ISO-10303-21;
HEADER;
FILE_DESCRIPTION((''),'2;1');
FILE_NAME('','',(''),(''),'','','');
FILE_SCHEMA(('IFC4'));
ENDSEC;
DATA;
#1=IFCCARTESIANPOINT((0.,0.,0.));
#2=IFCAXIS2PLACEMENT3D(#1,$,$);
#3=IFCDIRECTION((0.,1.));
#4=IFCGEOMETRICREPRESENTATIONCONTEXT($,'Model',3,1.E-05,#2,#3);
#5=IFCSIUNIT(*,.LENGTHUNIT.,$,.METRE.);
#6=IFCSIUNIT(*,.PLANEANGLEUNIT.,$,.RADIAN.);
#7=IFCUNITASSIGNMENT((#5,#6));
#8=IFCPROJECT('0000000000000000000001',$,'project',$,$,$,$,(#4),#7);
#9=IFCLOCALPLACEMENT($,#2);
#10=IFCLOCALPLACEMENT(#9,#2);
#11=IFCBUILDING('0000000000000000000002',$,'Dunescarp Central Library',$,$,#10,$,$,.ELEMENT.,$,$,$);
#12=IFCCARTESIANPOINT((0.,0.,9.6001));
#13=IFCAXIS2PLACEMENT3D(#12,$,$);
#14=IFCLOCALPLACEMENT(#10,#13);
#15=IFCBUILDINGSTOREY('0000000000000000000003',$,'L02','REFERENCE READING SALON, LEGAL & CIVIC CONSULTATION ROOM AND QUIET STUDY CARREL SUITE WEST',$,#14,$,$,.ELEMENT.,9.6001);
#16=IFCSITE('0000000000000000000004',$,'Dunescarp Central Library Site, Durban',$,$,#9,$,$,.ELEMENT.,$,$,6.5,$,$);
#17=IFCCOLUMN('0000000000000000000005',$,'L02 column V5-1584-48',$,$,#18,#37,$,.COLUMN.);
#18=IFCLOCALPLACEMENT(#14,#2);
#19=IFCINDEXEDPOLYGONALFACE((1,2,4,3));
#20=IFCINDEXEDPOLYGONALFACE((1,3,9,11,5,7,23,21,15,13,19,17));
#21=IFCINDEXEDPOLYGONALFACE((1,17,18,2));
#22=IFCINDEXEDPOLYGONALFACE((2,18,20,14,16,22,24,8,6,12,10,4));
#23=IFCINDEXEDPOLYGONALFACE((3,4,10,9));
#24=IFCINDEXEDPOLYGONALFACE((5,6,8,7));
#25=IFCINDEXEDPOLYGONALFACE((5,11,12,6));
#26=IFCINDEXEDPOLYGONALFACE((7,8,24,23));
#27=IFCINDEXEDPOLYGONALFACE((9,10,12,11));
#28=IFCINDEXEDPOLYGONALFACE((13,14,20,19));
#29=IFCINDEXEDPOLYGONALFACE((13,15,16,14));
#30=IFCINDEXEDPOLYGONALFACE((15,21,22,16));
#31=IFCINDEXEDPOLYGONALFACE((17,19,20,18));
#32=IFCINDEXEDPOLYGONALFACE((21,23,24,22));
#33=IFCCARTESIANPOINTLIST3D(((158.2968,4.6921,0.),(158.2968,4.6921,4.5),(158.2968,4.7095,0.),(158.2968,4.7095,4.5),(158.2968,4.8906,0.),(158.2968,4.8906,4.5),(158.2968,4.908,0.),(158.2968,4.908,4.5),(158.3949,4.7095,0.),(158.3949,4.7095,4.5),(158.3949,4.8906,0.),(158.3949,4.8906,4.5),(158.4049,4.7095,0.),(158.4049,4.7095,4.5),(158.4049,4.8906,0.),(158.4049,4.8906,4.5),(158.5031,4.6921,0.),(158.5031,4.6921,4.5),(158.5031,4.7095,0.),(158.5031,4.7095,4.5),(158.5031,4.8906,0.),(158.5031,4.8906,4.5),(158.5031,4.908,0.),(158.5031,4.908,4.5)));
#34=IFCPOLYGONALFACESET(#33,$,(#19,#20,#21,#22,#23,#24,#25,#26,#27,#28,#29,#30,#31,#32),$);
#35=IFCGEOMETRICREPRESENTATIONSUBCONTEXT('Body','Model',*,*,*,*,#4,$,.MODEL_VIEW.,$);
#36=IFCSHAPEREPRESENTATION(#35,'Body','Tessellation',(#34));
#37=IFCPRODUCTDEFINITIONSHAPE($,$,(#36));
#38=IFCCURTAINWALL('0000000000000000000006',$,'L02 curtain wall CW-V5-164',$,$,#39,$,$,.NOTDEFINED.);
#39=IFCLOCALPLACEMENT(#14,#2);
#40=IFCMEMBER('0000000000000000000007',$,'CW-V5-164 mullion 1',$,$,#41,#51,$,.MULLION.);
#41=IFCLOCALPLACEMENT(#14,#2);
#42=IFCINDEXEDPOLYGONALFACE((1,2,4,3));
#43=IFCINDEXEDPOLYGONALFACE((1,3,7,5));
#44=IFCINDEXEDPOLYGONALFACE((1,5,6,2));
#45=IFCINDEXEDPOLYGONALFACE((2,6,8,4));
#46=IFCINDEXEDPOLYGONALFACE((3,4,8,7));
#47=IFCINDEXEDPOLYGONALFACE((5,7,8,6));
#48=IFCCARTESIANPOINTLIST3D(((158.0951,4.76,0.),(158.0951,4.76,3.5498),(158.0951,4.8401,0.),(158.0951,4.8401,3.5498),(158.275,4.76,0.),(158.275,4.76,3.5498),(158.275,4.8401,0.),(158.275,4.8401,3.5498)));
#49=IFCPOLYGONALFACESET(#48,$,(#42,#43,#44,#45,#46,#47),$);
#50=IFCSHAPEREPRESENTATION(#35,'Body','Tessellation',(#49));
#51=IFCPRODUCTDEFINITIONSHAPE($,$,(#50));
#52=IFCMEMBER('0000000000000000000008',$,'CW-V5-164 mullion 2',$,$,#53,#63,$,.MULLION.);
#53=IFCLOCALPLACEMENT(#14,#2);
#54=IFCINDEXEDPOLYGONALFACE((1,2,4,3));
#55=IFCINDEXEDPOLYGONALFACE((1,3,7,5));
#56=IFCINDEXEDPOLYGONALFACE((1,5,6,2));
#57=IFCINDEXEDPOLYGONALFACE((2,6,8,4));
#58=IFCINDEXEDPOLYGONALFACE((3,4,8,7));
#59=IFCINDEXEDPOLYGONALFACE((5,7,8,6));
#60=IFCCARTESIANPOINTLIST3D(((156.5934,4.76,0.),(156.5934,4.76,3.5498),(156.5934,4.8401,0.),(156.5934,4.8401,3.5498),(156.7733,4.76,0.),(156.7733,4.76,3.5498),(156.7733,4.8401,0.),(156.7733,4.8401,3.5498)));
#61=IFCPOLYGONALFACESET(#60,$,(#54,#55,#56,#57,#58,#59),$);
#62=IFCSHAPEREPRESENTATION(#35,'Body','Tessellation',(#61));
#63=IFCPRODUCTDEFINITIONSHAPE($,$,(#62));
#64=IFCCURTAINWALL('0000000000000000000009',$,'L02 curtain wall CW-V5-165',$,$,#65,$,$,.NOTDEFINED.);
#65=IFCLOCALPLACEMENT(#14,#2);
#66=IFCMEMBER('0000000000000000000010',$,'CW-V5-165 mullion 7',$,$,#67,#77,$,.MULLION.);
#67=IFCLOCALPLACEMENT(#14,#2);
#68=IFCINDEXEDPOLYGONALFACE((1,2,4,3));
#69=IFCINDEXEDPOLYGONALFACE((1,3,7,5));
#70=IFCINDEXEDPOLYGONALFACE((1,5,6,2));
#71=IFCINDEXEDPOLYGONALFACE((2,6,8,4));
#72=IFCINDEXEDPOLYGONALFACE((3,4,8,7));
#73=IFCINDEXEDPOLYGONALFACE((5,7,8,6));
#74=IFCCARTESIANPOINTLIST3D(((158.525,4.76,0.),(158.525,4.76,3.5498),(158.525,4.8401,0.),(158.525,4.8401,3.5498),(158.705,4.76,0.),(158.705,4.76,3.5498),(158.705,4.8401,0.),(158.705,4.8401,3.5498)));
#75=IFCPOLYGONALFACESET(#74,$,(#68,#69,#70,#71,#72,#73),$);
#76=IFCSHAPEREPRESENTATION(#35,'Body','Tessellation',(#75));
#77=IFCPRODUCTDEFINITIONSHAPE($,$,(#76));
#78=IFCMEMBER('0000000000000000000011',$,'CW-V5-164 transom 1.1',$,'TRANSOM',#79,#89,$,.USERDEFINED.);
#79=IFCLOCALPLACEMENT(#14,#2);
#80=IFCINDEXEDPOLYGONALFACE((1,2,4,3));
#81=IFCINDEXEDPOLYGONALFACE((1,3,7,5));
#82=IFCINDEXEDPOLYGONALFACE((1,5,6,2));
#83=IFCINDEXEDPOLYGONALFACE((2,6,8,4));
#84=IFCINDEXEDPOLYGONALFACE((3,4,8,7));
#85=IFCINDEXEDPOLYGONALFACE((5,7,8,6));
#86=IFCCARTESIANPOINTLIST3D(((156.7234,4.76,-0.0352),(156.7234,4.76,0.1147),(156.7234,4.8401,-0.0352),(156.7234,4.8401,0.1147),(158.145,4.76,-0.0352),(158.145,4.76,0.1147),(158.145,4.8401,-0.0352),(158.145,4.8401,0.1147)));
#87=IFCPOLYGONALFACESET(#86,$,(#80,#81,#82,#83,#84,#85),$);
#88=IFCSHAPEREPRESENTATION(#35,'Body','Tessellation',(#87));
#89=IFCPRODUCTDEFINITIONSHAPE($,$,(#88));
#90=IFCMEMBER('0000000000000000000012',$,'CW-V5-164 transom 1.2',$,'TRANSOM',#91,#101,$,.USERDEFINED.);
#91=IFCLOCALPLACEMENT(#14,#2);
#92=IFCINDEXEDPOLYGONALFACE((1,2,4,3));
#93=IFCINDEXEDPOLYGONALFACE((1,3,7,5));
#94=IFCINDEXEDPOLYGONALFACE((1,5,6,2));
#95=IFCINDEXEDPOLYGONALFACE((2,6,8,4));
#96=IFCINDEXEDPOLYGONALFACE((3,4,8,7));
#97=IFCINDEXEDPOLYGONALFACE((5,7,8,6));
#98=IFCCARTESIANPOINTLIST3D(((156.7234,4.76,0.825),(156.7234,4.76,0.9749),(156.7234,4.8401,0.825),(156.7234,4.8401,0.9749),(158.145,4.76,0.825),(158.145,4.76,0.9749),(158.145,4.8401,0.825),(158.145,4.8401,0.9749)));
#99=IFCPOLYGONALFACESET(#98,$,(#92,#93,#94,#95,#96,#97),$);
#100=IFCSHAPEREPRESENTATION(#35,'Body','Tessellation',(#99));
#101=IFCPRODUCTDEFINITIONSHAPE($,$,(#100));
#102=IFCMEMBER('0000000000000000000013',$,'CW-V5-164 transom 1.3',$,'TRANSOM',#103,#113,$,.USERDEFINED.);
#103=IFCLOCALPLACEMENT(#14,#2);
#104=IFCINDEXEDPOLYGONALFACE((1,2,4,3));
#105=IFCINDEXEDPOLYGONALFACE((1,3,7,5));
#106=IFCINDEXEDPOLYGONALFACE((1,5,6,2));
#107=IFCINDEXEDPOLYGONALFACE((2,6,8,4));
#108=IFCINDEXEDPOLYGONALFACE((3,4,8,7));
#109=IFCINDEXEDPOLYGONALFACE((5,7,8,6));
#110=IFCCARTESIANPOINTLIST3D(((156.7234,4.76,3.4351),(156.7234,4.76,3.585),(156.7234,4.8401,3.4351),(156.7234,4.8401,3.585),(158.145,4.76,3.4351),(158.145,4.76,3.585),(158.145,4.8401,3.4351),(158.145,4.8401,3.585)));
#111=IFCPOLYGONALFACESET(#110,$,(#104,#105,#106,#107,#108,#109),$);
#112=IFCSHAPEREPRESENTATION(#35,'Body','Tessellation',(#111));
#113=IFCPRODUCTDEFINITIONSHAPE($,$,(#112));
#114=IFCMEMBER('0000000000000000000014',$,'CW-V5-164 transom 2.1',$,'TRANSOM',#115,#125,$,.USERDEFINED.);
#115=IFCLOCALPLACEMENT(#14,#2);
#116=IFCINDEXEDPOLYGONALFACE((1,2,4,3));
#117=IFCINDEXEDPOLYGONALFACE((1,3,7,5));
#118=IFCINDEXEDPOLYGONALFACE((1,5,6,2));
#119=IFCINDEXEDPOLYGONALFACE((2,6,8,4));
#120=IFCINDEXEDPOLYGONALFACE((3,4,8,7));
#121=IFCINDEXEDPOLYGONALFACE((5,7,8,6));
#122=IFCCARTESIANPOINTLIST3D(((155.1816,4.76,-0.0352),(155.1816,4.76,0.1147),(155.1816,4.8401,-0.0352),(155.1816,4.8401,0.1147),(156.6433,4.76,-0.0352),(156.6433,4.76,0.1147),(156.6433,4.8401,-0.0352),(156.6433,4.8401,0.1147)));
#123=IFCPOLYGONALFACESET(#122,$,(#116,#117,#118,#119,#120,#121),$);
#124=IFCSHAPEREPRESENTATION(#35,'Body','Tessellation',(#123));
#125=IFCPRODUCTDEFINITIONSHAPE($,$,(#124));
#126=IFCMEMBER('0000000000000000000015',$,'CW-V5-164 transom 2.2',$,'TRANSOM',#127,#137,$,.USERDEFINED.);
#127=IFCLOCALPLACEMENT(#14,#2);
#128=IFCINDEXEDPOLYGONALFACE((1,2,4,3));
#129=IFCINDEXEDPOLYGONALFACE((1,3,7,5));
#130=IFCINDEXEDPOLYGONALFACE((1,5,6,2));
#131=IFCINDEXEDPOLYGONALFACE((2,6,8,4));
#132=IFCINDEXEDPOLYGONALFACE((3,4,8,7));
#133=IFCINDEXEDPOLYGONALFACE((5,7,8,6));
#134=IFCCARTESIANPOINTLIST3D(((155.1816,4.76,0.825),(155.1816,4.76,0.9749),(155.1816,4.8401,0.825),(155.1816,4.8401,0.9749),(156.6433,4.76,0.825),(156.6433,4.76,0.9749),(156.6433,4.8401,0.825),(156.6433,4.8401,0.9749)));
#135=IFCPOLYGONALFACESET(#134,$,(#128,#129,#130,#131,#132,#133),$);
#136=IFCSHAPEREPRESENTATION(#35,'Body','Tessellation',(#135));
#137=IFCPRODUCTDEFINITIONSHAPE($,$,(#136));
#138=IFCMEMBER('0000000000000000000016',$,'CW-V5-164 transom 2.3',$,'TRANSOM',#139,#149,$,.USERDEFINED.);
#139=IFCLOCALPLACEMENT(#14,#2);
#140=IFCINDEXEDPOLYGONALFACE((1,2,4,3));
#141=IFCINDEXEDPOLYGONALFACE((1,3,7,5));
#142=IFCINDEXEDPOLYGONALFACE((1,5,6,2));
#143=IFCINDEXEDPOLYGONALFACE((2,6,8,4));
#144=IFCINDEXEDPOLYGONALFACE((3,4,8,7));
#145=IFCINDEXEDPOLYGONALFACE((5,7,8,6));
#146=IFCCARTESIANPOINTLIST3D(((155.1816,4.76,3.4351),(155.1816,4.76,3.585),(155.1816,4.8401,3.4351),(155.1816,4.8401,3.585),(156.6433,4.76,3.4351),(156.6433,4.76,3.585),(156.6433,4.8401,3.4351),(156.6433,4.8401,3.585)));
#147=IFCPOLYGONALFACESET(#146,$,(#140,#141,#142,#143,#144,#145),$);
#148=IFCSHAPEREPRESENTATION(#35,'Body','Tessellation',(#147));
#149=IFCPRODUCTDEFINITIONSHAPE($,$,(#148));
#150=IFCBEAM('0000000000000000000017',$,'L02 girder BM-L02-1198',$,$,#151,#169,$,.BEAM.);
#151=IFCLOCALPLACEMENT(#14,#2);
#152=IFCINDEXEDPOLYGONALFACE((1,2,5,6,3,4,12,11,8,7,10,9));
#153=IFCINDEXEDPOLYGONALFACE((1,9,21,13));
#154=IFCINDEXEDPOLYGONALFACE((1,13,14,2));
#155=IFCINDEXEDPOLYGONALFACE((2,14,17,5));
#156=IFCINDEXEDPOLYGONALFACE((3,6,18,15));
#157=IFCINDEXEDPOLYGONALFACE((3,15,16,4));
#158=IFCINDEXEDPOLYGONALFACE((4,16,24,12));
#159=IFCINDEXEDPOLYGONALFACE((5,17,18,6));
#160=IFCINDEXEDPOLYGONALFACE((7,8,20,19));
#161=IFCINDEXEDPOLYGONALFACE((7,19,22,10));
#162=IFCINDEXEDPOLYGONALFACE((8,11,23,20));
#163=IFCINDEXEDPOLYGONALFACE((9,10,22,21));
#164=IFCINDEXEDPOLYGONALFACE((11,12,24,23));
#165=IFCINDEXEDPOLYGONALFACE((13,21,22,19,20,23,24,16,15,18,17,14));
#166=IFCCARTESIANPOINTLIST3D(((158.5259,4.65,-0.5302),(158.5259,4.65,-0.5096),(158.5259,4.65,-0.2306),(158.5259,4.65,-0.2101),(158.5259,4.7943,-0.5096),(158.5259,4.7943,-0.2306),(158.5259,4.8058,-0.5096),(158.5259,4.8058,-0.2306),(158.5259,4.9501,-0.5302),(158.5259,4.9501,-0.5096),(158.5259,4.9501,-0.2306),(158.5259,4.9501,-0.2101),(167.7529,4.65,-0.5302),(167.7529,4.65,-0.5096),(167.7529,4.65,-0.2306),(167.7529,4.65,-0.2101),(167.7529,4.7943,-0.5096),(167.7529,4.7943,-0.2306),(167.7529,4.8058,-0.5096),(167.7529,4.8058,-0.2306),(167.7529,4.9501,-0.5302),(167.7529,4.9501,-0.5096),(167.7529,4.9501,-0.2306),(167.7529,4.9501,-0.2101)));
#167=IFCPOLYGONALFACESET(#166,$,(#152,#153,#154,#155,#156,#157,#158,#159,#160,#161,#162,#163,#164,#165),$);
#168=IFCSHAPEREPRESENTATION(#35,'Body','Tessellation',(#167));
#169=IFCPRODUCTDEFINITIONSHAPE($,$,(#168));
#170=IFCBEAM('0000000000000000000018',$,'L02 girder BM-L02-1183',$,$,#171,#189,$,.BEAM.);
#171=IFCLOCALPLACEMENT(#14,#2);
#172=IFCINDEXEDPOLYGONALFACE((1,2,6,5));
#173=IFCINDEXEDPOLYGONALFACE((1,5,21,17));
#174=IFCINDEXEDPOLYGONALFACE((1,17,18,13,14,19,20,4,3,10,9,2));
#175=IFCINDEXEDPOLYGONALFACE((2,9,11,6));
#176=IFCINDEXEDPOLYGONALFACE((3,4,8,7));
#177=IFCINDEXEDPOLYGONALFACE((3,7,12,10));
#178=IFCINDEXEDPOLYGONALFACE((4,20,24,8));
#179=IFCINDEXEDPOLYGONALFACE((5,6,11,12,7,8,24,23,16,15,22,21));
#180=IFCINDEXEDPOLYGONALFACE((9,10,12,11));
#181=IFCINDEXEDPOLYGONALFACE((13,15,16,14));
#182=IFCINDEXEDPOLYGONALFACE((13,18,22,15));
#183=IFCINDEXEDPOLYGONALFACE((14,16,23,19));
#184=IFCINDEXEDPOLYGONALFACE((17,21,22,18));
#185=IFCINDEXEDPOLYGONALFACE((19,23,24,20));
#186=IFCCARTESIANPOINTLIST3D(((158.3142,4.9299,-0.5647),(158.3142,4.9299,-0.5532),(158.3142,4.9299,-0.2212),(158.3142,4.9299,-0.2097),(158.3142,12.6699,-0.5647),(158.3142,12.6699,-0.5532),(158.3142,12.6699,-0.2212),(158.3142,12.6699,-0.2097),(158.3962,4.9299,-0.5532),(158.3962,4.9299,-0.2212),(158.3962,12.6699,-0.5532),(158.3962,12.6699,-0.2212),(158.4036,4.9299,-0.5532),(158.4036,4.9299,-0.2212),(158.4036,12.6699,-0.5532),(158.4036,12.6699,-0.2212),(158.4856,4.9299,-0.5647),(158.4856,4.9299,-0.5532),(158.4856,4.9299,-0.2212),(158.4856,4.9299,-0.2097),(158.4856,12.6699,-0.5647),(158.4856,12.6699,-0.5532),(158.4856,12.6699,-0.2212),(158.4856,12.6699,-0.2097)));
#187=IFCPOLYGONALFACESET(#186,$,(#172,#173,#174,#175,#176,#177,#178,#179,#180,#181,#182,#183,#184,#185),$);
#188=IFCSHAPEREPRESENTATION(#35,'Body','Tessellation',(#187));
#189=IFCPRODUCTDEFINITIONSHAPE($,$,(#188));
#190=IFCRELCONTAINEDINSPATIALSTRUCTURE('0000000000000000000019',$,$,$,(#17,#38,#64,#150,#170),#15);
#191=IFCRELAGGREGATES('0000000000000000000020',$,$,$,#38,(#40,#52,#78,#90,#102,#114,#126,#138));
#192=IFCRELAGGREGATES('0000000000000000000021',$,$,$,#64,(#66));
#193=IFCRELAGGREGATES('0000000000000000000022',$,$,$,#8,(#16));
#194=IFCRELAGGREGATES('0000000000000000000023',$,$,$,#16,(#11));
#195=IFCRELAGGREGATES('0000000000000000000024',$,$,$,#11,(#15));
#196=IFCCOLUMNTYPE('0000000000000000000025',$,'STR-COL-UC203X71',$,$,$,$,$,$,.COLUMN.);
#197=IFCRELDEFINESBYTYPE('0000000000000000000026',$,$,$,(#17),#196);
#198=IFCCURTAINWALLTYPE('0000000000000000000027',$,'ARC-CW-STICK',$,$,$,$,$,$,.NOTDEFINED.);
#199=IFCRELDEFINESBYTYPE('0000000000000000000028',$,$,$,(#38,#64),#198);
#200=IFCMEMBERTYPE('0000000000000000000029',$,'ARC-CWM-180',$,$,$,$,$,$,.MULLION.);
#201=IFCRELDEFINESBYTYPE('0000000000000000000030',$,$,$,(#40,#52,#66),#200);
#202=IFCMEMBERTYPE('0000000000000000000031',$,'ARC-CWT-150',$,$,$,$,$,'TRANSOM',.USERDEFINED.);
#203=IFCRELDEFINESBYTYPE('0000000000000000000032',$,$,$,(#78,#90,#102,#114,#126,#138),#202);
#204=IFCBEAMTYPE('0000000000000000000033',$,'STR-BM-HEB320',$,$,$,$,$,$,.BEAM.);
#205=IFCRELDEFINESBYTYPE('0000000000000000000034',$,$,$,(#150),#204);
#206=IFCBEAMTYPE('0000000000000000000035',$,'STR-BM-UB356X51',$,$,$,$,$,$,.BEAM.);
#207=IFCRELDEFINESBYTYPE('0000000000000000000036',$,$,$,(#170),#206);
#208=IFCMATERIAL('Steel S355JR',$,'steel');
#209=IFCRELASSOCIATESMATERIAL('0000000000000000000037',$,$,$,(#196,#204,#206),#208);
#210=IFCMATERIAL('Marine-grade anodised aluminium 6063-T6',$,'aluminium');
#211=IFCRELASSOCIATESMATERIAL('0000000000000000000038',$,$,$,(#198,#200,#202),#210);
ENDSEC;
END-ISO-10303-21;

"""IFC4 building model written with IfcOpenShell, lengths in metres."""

from ifc_helpers import new_model, si_unit, direction, frame, origin, origin_2d, place, context, subcontext, project, spatial, rectangle, i_section, extrude, material, material_profile, profile_set, type_object, element, aggregate, save


model = new_model("IFC4")

# Units and contexts
model_context = context("Model", 3, precision=1e-05, world=origin(), true_north=direction((0.0, 1.0)))
body_context = subcontext(model_context, "Body", "Model", "MODEL_VIEW")
ifc_project = project(units=[si_unit("LENGTHUNIT", "METRE"), si_unit("PLANEANGLEUNIT", "RADIAN")], contexts=[model_context])

# Site, building, storey
site_placement = place(None, origin())
site = spatial("IfcSite", under=ifc_project, at=site_placement, Name="Dunescarp Central Library Site, Durban", CompositionType="ELEMENT", RefElevation=6.5)
building_placement = place(site_placement, origin())
building = spatial("IfcBuilding", under=site, at=building_placement, Name="Dunescarp Central Library", CompositionType="ELEMENT")
storey_placement = place(building_placement, frame((0.0, 0.0, 9.6001)))
storey = spatial("IfcBuildingStorey", under=building, at=storey_placement, Name="L02", Description="REFERENCE READING SALON, LEGAL & CIVIC CONSULTATION ROOM AND QUIET STUDY CARREL SUITE WEST", CompositionType="ELEMENT", Elevation=9.6001)

# Column
ifc_material_1 = material(Name="Steel S355JR", Category="steel")
ifc_material_profile_1 = material_profile(ifc_material_1, i_section(OverallWidth=0.2063, OverallDepth=0.2158, WebThickness=0.01, FlangeThickness=0.0173, at=origin_2d()), Name="UC 203x203x71")
ifc_profile_set_1 = profile_set([ifc_material_profile_1], Name="Steel S355JR")
column_type = type_object("IfcColumnType", Name="STR-COL-UC203X71", PredefinedType="COLUMN", material=ifc_profile_set_1)
column_placement = place(storey_placement, frame((158.3999, 4.8, 0.0), z_axis=(0.0, 0.0, 1.0), x_axis=(1.0, 0.0, 0.0)))
element("IfcColumn", 1, at=column_placement, inside=storey, type_object=column_type, Name="L02 column V5-1584-48", PredefinedType="COLUMN", context=body_context, shape_type="SweptSolid", body=[
    extrude(i_section(OverallWidth=0.2063, OverallDepth=0.2158, WebThickness=0.01, FlangeThickness=0.0173, at=origin_2d()), origin(), (0.0, 0.0, 1.0), 4.5),
])

# Curtain wall, members
ifc_material_2 = material(Name="Marine-grade anodised aluminium 6063-T6", Category="aluminium")
curtain_wall_type = type_object("IfcCurtainWallType", Name="ARC-CW-STICK", PredefinedType="NOTDEFINED", material=ifc_material_2)
curtain_wall_1_placement = place(storey_placement, origin())
curtain_wall_1 = element("IfcCurtainWall", 2, at=curtain_wall_1_placement, inside=storey, type_object=curtain_wall_type, Name="L02 curtain wall CW-V5-164", PredefinedType="NOTDEFINED")
ifc_material_profile_2 = material_profile(ifc_material_2, rectangle(XDim=0.0801, YDim=0.1799, at=origin_2d()), Name="AL 80x180")
ifc_profile_set_2 = profile_set([ifc_material_profile_2], Name="Marine-grade anodised aluminium 6063-T6")
member_type_1 = type_object("IfcMemberType", Name="ARC-CWM-180", PredefinedType="MULLION", material=ifc_profile_set_2)
member_1_placement = place(storey_placement, frame((158.1851, 4.8, 0.0), z_axis=(0.0, 0.0, 1.0), x_axis=(0.0, -1.0, 0.0)))
member_1 = element("IfcMember", 3, at=member_1_placement, type_object=member_type_1, Name="CW-V5-164 mullion 1", PredefinedType="MULLION", context=body_context, shape_type="SweptSolid", body=[
    extrude(rectangle(XDim=0.0801, YDim=0.1799, at=origin_2d()), origin(), (0.0, 0.0, 1.0), 3.5498),
])
member_2_placement = place(storey_placement, frame((156.6833, 4.8, 0.0), z_axis=(0.0, 0.0, 1.0), x_axis=(0.0, -1.0, 0.0)))
member_2 = element("IfcMember", 4, at=member_2_placement, type_object=member_type_1, Name="CW-V5-164 mullion 2", PredefinedType="MULLION", context=body_context, shape_type="SweptSolid", body=[
    extrude(rectangle(XDim=0.0801, YDim=0.1799, at=origin_2d()), origin(), (0.0, 0.0, 1.0), 3.5498),
])

# Curtain wall, member
curtain_wall_2_placement = place(storey_placement, origin())
curtain_wall_2 = element("IfcCurtainWall", 5, at=curtain_wall_2_placement, inside=storey, type_object=curtain_wall_type, Name="L02 curtain wall CW-V5-165", PredefinedType="NOTDEFINED")
member_3_placement = place(storey_placement, frame((158.615, 4.8, 0.0), z_axis=(0.0, 0.0, 1.0), x_axis=(0.0, -1.0, 0.0)))
member_3 = element("IfcMember", 6, at=member_3_placement, type_object=member_type_1, Name="CW-V5-165 mullion 7", PredefinedType="MULLION", context=body_context, shape_type="SweptSolid", body=[
    extrude(rectangle(XDim=0.0801, YDim=0.1799, at=origin_2d()), origin(), (0.0, 0.0, 1.0), 3.5498),
])

# Members
ifc_material_profile_3 = material_profile(ifc_material_2, rectangle(XDim=0.0801, YDim=0.1499, at=origin_2d()), Name="AL 80x150")
ifc_profile_set_3 = profile_set([ifc_material_profile_3], Name="Marine-grade anodised aluminium 6063-T6")
member_type_2 = type_object("IfcMemberType", Name="ARC-CWT-150", ElementType="TRANSOM", PredefinedType="USERDEFINED", material=ifc_profile_set_3)
member_4_placement = place(storey_placement, frame((158.145, 4.8, 0.0398), z_axis=(-1.0, 0.0, 0.0), x_axis=(0.0, -1.0, 0.0)))
member_4 = element("IfcMember", 7, at=member_4_placement, type_object=member_type_2, Name="CW-V5-164 transom 1.1", ObjectType="TRANSOM", PredefinedType="USERDEFINED", context=body_context, shape_type="SweptSolid", body=[
    extrude(rectangle(XDim=0.0801, YDim=0.1499, at=origin_2d()), origin(), (0.0, 0.0, 1.0), 1.4216),
])
member_5_placement = place(storey_placement, frame((158.145, 4.8, 0.8999), z_axis=(-1.0, 0.0, 0.0), x_axis=(0.0, -1.0, 0.0)))
member_5 = element("IfcMember", 8, at=member_5_placement, type_object=member_type_2, Name="CW-V5-164 transom 1.2", ObjectType="TRANSOM", PredefinedType="USERDEFINED", context=body_context, shape_type="SweptSolid", body=[
    extrude(rectangle(XDim=0.0801, YDim=0.1499, at=origin_2d()), origin(), (0.0, 0.0, 1.0), 1.4216),
])
member_6_placement = place(storey_placement, frame((158.145, 4.8, 3.51), z_axis=(-1.0, 0.0, 0.0), x_axis=(0.0, -1.0, 0.0)))
member_6 = element("IfcMember", 9, at=member_6_placement, type_object=member_type_2, Name="CW-V5-164 transom 1.3", ObjectType="TRANSOM", PredefinedType="USERDEFINED", context=body_context, shape_type="SweptSolid", body=[
    extrude(rectangle(XDim=0.0801, YDim=0.1499, at=origin_2d()), origin(), (0.0, 0.0, 1.0), 1.4216),
])
member_7_placement = place(storey_placement, frame((156.6433, 4.8, 0.0398), z_axis=(-1.0, 0.0, 0.0), x_axis=(0.0, -1.0, 0.0)))
member_7 = element("IfcMember", 10, at=member_7_placement, type_object=member_type_2, Name="CW-V5-164 transom 2.1", ObjectType="TRANSOM", PredefinedType="USERDEFINED", context=body_context, shape_type="SweptSolid", body=[
    extrude(rectangle(XDim=0.0801, YDim=0.1499, at=origin_2d()), origin(), (0.0, 0.0, 1.0), 1.4617),
])
member_8_placement = place(storey_placement, frame((156.6433, 4.8, 0.8999), z_axis=(-1.0, 0.0, 0.0), x_axis=(0.0, -1.0, 0.0)))
member_8 = element("IfcMember", 11, at=member_8_placement, type_object=member_type_2, Name="CW-V5-164 transom 2.2", ObjectType="TRANSOM", PredefinedType="USERDEFINED", context=body_context, shape_type="SweptSolid", body=[
    extrude(rectangle(XDim=0.0801, YDim=0.1499, at=origin_2d()), origin(), (0.0, 0.0, 1.0), 1.4617),
])
member_9_placement = place(storey_placement, frame((156.6433, 4.8, 3.51), z_axis=(-1.0, 0.0, 0.0), x_axis=(0.0, -1.0, 0.0)))
member_9 = element("IfcMember", 12, at=member_9_placement, type_object=member_type_2, Name="CW-V5-164 transom 2.3", ObjectType="TRANSOM", PredefinedType="USERDEFINED", context=body_context, shape_type="SweptSolid", body=[
    extrude(rectangle(XDim=0.0801, YDim=0.1499, at=origin_2d()), origin(), (0.0, 0.0, 1.0), 1.4617),
])

# Beams
ifc_material_profile_4 = material_profile(ifc_material_1, i_section(OverallWidth=0.3, OverallDepth=0.3201, WebThickness=0.0115, FlangeThickness=0.0205, at=origin_2d()), Name="HEB 320")
ifc_profile_set_4 = profile_set([ifc_material_profile_4], Name="Steel S355JR")
beam_type_1 = type_object("IfcBeamType", Name="STR-BM-HEB320", PredefinedType="BEAM", material=ifc_profile_set_4)
beam_1_placement = place(storey_placement, frame((158.5259, 4.8, -0.3701), z_axis=(1.0, 0.0, 0.0), x_axis=(0.0, 1.0, 0.0)))
element("IfcBeam", 13, at=beam_1_placement, inside=storey, type_object=beam_type_1, Name="L02 girder BM-L02-1198", PredefinedType="BEAM", context=body_context, shape_type="SweptSolid", body=[
    extrude(i_section(OverallWidth=0.3, OverallDepth=0.3201, WebThickness=0.0115, FlangeThickness=0.0205, at=origin_2d()), origin(), (0.0, 0.0, 1.0), 9.2271),
])
ifc_material_profile_5 = material_profile(ifc_material_1, i_section(OverallWidth=0.1714, OverallDepth=0.355, WebThickness=0.0073, FlangeThickness=0.0115, at=origin_2d()), Name="UB 356x171x51")
ifc_profile_set_5 = profile_set([ifc_material_profile_5], Name="Steel S355JR")
beam_type_2 = type_object("IfcBeamType", Name="STR-BM-UB356X51", PredefinedType="BEAM", material=ifc_profile_set_5)
beam_2_placement = place(storey_placement, frame((158.3999, 4.9299, -0.3872), z_axis=(0.0, 1.0, 0.0), x_axis=(-1.0, 0.0, 0.0)))
element("IfcBeam", 14, at=beam_2_placement, inside=storey, type_object=beam_type_2, Name="L02 girder BM-L02-1183", PredefinedType="BEAM", context=body_context, shape_type="SweptSolid", body=[
    extrude(i_section(OverallWidth=0.1714, OverallDepth=0.355, WebThickness=0.0073, FlangeThickness=0.0115, at=origin_2d()), origin(), (0.0, 0.0, 1.0), 7.74),
])

aggregate(curtain_wall_1, [member_1, member_2, member_4, member_5, member_6, member_7, member_8, member_9])
aggregate(curtain_wall_2, [member_3])

save(model, "model.ifc")
